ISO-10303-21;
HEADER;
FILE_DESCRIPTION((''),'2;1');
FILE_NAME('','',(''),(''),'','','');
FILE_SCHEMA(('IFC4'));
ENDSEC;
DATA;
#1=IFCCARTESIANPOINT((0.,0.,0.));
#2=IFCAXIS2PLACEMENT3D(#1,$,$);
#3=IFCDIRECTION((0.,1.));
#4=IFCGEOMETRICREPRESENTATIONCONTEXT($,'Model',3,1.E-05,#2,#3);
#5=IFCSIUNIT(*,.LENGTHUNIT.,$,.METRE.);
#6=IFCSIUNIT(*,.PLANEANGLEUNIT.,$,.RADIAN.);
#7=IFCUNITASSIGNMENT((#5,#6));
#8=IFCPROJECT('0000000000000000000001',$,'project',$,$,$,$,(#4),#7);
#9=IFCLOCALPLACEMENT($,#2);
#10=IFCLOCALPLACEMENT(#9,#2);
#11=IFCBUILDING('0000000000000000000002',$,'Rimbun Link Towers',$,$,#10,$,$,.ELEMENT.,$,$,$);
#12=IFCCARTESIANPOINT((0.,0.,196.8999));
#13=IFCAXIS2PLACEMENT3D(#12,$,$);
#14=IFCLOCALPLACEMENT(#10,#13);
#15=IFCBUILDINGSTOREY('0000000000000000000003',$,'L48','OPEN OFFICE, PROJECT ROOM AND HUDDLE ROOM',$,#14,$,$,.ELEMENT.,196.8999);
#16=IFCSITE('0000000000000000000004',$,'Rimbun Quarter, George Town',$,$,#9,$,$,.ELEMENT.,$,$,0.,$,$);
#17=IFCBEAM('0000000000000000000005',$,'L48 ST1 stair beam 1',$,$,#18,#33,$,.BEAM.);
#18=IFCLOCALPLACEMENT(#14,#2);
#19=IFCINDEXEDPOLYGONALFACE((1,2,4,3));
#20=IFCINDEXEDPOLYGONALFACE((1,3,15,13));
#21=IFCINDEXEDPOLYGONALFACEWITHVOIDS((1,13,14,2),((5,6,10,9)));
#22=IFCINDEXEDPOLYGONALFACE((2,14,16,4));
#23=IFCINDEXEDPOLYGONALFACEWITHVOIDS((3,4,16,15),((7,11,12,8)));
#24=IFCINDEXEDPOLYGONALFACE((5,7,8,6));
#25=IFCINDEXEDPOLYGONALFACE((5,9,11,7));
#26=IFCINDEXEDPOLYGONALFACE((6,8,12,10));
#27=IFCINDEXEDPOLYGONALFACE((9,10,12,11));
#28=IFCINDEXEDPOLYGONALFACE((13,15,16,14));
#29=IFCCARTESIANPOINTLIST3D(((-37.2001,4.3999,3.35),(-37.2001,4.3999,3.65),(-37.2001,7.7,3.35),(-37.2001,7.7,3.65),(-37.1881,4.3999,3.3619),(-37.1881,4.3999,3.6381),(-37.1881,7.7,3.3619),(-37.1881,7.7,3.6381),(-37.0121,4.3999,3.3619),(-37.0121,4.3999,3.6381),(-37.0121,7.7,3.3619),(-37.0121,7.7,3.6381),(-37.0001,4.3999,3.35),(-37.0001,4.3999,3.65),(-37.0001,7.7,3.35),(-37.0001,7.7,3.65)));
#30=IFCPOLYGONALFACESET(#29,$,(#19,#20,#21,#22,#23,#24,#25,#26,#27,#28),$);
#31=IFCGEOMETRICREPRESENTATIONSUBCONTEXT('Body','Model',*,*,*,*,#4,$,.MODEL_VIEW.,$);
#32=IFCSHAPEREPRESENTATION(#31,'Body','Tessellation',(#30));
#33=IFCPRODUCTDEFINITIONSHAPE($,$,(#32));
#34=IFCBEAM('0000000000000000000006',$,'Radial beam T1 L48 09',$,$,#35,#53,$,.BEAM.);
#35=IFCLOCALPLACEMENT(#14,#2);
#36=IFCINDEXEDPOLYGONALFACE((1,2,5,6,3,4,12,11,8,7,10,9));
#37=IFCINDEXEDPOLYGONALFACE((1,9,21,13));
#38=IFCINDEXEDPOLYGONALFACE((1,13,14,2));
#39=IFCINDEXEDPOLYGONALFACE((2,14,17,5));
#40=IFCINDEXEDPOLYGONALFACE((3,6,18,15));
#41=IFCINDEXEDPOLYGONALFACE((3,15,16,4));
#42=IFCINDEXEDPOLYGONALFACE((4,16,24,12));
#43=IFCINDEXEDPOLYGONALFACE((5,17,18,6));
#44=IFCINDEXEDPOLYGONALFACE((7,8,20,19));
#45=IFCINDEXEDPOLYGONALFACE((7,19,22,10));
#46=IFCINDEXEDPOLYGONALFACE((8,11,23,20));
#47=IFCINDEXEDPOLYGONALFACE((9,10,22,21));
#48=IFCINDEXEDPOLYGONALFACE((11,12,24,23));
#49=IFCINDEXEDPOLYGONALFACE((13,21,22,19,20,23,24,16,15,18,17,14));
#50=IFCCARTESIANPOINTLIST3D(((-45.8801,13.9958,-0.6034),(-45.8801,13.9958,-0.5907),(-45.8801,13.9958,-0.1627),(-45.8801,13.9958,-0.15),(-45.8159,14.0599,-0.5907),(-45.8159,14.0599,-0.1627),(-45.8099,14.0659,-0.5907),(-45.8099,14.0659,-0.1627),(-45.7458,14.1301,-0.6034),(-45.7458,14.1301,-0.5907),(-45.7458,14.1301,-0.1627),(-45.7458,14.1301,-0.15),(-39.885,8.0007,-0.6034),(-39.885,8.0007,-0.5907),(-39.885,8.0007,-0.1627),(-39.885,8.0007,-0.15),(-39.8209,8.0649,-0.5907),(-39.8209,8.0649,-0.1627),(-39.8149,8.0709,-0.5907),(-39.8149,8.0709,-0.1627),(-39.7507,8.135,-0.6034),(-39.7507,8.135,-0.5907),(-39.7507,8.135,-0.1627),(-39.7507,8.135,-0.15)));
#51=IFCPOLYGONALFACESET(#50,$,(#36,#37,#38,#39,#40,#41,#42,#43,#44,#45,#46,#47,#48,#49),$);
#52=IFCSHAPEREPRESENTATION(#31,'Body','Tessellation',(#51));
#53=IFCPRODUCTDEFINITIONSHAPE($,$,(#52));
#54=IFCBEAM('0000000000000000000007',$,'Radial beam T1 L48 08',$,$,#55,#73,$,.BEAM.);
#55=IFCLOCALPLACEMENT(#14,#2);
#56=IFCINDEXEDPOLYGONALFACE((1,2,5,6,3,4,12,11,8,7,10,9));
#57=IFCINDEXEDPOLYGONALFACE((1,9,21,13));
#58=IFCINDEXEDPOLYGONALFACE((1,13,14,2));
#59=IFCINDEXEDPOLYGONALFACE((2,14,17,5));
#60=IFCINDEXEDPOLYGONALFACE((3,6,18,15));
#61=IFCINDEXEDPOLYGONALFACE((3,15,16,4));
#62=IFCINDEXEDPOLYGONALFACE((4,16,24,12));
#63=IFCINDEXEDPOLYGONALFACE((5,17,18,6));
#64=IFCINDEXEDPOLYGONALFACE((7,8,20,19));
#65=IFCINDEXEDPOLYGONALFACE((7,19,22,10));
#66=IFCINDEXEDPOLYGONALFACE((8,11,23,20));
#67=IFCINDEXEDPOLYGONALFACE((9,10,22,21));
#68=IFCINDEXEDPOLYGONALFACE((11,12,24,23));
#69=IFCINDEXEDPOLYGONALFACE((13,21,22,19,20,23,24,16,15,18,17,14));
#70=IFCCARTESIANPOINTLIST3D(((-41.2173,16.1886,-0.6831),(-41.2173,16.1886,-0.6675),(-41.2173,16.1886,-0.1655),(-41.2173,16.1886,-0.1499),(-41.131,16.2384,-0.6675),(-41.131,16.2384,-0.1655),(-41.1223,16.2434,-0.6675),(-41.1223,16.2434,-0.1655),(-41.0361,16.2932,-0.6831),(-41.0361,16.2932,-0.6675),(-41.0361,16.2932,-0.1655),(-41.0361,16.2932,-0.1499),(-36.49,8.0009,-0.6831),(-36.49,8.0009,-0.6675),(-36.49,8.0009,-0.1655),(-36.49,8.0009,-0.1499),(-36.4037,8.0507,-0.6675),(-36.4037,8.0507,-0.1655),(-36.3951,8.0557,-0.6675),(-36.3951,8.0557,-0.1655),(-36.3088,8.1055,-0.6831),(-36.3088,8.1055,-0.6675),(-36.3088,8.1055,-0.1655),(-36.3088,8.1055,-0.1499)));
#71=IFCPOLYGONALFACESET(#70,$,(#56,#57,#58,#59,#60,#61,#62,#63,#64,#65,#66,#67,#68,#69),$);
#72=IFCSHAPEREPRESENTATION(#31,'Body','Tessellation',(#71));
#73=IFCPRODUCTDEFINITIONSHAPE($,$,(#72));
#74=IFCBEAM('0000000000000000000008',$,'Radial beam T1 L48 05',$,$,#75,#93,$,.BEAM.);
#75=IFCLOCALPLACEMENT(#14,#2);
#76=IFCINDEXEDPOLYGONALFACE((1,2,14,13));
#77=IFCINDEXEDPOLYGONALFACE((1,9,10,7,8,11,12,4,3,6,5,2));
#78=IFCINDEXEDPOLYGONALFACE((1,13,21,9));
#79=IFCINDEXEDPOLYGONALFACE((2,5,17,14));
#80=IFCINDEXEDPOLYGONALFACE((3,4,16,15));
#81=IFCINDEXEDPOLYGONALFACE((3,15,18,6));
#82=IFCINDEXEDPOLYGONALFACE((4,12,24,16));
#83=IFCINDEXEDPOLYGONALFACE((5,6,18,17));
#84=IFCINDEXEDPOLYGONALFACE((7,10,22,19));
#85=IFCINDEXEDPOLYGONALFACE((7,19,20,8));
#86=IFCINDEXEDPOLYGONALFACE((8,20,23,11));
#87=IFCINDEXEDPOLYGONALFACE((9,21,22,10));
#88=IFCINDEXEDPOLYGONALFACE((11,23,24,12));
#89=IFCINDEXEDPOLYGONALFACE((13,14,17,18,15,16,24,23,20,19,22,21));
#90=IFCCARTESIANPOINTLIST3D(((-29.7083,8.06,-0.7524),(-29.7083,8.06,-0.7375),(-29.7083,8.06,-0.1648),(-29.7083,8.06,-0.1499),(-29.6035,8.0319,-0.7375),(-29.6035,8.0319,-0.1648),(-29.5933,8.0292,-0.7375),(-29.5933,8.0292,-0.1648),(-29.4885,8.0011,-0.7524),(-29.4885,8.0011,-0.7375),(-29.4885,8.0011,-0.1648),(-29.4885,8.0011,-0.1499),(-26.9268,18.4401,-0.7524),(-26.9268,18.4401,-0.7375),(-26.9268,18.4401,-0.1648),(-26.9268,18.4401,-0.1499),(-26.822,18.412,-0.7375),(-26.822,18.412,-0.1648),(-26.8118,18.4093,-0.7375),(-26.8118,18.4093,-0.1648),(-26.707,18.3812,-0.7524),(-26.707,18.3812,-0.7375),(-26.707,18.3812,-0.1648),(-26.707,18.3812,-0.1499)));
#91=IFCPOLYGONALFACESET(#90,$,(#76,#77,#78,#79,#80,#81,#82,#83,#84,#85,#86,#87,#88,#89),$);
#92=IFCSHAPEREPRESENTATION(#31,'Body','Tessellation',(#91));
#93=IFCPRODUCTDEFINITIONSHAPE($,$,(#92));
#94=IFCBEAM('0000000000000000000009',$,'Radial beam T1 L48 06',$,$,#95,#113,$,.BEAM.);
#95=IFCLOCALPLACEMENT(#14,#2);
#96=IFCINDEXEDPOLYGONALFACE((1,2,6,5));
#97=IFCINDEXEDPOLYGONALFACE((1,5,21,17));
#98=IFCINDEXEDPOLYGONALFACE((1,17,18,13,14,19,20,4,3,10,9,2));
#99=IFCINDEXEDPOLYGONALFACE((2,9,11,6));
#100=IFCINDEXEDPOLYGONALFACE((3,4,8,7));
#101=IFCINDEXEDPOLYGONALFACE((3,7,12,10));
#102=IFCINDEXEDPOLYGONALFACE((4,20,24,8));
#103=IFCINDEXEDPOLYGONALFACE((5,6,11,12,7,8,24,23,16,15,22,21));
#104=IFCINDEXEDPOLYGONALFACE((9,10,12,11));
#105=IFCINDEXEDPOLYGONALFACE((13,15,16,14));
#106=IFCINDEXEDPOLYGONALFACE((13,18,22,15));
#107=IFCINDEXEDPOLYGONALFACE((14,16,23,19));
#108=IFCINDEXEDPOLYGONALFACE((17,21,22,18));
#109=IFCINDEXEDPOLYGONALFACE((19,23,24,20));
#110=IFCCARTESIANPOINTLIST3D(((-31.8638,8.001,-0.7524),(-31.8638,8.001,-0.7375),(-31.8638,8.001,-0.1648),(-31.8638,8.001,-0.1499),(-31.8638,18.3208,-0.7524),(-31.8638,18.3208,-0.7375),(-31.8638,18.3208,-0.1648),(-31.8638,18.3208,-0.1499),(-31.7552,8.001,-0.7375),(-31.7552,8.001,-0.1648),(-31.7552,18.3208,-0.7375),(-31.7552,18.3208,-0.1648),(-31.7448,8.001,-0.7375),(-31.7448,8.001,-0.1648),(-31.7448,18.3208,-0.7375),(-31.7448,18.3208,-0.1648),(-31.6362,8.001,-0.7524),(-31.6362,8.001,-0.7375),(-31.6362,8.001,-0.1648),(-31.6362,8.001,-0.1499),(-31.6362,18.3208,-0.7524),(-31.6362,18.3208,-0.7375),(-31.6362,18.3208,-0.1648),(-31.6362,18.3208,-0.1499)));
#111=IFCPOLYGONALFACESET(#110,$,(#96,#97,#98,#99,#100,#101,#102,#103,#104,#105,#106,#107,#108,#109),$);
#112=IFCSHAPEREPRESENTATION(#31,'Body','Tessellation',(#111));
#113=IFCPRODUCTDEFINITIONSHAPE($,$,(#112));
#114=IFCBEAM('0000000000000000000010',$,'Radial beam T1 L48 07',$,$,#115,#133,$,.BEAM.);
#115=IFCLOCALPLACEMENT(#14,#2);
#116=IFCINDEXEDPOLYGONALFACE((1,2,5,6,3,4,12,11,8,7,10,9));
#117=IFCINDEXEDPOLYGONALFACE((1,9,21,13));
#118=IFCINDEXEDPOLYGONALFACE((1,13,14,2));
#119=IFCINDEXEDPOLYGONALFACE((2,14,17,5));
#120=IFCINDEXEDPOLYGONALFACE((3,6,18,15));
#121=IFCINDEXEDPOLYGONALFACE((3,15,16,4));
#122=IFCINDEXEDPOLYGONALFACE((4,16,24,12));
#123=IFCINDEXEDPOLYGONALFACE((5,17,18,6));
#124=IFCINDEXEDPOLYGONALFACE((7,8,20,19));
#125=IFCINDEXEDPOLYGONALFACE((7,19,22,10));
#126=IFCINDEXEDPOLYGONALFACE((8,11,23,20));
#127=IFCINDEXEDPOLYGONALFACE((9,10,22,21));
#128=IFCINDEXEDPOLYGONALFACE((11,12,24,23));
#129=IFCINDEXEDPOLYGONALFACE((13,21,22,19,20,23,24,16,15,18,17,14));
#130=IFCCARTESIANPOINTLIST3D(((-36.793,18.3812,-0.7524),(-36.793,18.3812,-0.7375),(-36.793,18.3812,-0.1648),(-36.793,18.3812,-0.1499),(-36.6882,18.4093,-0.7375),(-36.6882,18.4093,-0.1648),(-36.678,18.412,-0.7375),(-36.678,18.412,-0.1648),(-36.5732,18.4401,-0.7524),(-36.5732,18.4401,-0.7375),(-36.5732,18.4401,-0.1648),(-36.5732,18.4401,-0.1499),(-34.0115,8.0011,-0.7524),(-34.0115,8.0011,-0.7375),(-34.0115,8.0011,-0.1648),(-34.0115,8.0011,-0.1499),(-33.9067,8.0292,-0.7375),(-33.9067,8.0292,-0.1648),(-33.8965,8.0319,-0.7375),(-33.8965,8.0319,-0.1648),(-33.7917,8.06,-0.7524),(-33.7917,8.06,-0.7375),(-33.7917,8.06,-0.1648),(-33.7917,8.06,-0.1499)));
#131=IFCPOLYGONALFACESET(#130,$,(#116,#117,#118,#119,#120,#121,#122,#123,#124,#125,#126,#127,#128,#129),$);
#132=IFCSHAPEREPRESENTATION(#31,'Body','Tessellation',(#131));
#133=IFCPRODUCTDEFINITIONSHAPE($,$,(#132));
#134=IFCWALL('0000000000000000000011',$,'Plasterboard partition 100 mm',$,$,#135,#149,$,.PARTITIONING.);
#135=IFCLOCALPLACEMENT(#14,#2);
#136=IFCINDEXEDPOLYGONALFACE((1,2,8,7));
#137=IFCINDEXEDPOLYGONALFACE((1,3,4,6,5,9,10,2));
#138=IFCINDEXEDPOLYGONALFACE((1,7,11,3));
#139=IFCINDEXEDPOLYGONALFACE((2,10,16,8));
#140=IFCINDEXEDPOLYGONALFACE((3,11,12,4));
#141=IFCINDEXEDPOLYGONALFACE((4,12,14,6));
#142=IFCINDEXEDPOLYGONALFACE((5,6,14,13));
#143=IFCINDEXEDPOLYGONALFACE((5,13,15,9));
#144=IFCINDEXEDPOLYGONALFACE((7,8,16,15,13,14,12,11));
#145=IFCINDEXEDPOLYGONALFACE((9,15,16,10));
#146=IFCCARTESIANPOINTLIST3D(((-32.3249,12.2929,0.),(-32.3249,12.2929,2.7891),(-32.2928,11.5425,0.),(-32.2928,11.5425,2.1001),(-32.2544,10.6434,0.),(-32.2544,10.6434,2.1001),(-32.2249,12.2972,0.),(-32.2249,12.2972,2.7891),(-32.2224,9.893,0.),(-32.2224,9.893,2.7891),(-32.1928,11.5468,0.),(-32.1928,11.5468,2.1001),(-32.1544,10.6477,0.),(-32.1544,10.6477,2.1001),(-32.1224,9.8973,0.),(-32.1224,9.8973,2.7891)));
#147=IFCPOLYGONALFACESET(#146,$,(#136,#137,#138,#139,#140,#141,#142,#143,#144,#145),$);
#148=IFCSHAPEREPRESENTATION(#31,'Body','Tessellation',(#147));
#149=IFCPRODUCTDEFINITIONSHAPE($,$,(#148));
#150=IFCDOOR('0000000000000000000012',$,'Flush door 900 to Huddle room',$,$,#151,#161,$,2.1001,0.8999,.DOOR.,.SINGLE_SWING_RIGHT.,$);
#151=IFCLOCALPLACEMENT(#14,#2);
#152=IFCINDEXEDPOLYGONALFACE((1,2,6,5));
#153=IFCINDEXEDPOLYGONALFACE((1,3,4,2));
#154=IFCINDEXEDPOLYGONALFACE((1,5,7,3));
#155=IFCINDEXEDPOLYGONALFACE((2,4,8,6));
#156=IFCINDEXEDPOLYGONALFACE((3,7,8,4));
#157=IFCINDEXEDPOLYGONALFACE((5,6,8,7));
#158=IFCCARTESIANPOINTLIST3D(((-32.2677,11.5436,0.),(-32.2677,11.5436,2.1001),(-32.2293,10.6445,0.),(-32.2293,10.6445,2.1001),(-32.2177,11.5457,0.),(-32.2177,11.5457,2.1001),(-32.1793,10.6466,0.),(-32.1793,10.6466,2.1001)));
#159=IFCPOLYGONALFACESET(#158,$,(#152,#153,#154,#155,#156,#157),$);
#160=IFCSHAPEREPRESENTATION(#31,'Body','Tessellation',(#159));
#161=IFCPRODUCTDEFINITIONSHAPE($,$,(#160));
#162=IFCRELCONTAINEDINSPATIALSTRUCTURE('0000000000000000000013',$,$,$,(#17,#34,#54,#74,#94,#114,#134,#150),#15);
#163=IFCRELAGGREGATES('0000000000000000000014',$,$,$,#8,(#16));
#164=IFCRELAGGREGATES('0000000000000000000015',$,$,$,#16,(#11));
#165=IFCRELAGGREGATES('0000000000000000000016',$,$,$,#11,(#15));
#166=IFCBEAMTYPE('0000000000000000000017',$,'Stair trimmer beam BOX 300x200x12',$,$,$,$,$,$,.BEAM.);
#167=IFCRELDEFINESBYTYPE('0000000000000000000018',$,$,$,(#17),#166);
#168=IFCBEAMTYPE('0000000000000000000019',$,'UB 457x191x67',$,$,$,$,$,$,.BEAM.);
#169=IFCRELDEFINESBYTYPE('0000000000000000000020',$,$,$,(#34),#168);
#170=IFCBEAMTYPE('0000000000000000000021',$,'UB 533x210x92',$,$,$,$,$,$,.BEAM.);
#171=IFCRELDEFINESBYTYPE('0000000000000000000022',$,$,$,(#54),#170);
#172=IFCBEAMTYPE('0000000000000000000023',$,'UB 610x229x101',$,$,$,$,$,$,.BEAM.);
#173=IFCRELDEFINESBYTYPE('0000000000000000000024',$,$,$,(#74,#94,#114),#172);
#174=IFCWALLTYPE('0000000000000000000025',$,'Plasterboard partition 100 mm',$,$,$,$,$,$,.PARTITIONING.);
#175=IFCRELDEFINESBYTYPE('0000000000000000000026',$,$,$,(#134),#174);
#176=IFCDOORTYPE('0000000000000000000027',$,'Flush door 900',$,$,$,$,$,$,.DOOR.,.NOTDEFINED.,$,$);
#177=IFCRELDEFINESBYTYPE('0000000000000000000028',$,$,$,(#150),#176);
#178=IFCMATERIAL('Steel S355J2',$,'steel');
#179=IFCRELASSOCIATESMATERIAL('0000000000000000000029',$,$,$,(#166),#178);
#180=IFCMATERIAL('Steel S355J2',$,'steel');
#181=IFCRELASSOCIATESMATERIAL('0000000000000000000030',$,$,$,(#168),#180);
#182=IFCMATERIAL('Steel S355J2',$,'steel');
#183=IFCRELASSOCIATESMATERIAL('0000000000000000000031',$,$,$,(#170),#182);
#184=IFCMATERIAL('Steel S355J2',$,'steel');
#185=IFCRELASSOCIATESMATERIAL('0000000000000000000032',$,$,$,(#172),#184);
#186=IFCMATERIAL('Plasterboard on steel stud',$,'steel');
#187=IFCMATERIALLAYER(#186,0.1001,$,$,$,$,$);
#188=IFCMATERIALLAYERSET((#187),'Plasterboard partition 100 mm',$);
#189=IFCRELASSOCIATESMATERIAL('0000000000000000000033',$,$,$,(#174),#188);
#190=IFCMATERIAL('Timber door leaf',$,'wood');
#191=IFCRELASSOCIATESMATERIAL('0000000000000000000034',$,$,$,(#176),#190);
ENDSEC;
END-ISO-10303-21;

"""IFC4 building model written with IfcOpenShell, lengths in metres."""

from ifc_helpers import new_model, si_unit, direction, frame, frame_2d, origin, origin_2d, place, context, subcontext, project, spatial, rectangle, hollow_rectangle, i_section, extrude, material, layer, layer_set, material_profile, profile_set, type_object, element, fill, save


model = new_model("IFC4")

# Units and contexts
model_context = context("Model", 3, precision=1e-05, world=origin(), true_north=direction((0.0, 1.0)))
body_context = subcontext(model_context, "Body", "Model", "MODEL_VIEW")
ifc_project = project(units=[si_unit("LENGTHUNIT", "METRE"), si_unit("PLANEANGLEUNIT", "RADIAN")], contexts=[model_context])

# Site, building, storey
site_placement = place(None, origin())
site = spatial("IfcSite", under=ifc_project, at=site_placement, Name="Rimbun Quarter, George Town", CompositionType="ELEMENT", RefElevation=0.0)
building_placement = place(site_placement, origin())
building = spatial("IfcBuilding", under=site, at=building_placement, Name="Rimbun Link Towers", CompositionType="ELEMENT")
storey_placement = place(building_placement, frame((0.0, 0.0, 196.8999)))
storey = spatial("IfcBuildingStorey", under=building, at=storey_placement, Name="L48", Description="OPEN OFFICE, PROJECT ROOM AND HUDDLE ROOM", CompositionType="ELEMENT", Elevation=196.8999)

# Beams
ifc_material_1 = material(Name="Steel S355J2", Category="steel")
ifc_material_profile_1 = material_profile(ifc_material_1, hollow_rectangle(XDim=0.2, YDim=0.3, WallThickness=0.012, at=origin_2d()), Name="BOX 300x200x12")
ifc_profile_set_1 = profile_set([ifc_material_profile_1], Name="Steel S355J2")
beam_type_1 = type_object("IfcBeamType", Name="Stair trimmer beam BOX 300x200x12", PredefinedType="BEAM", material=ifc_profile_set_1)
beam_1_placement = place(storey_placement, frame((-37.1001, 7.7, 3.5), z_axis=(0.0, -1.0, 0.0), x_axis=(1.0, 0.0, 0.0)))
element("IfcBeam", 1, at=beam_1_placement, inside=storey, type_object=beam_type_1, Name="L48 ST1 stair beam 1", PredefinedType="BEAM", context=body_context, shape_type="SweptSolid", body=[
    extrude(hollow_rectangle(XDim=0.2, YDim=0.3, WallThickness=0.012, at=origin_2d()), origin(), (0.0, 0.0, 1.0), 3.3),
])
ifc_material_2 = material(Name="Steel S355J2", Category="steel")
ifc_material_profile_2 = material_profile(ifc_material_2, i_section(OverallWidth=0.1899, OverallDepth=0.4534, WebThickness=0.0085, FlangeThickness=0.0127, at=origin_2d()), Name="UB 457x191x67")
ifc_profile_set_2 = profile_set([ifc_material_profile_2], Name="Steel S355J2")
beam_type_2 = type_object("IfcBeamType", Name="UB 457x191x67", PredefinedType="BEAM", material=ifc_profile_set_2)
beam_2_placement = place(storey_placement, frame((-39.8179, 8.0679, -0.3767), z_axis=(-0.707107, 0.707107, 0.0), x_axis=(-0.707107, -0.707107, 0.0)))
element("IfcBeam", 2, at=beam_2_placement, inside=storey, type_object=beam_type_2, Name="Radial beam T1 L48 09", PredefinedType="BEAM", context=body_context, shape_type="SweptSolid", body=[
    extrude(i_section(OverallWidth=0.1899, OverallDepth=0.4534, WebThickness=0.0085, FlangeThickness=0.0127, at=origin_2d()), origin(), (0.0, 0.0, 1.0), 8.4783),
])
ifc_material_3 = material(Name="Steel S355J2", Category="steel")
ifc_material_profile_3 = material_profile(ifc_material_3, i_section(OverallWidth=0.2092, OverallDepth=0.5332, WebThickness=0.01, FlangeThickness=0.0156, at=origin_2d()), Name="UB 533x210x92")
ifc_profile_set_3 = profile_set([ifc_material_profile_3], Name="Steel S355J2")
beam_type_3 = type_object("IfcBeamType", Name="UB 533x210x92", PredefinedType="BEAM", material=ifc_profile_set_3)
beam_3_placement = place(storey_placement, frame((-36.3994, 8.0532, -0.4165), z_axis=(-0.500008, 0.866021, 0.0), x_axis=(-0.866021, -0.500008, 0.0)))
element("IfcBeam", 3, at=beam_3_placement, inside=storey, type_object=beam_type_3, Name="Radial beam T1 L48 08", PredefinedType="BEAM", context=body_context, shape_type="SweptSolid", body=[
    extrude(i_section(OverallWidth=0.2092, OverallDepth=0.5332, WebThickness=0.01, FlangeThickness=0.0156, at=origin_2d()), origin(), (0.0, 0.0, 1.0), 9.4543),
])
ifc_material_4 = material(Name="Steel S355J2", Category="steel")
ifc_material_profile_4 = material_profile(ifc_material_4, i_section(OverallWidth=0.2275, OverallDepth=0.6025, WebThickness=0.0105, FlangeThickness=0.0149, at=origin_2d()), Name="UB 610x229x101")
ifc_profile_set_4 = profile_set([ifc_material_profile_4], Name="Steel S355J2")
beam_type_4 = type_object("IfcBeamType", Name="UB 610x229x101", PredefinedType="BEAM", material=ifc_profile_set_4)
beam_4_placement = place(storey_placement, frame((-29.5984, 8.0305, -0.4512), z_axis=(0.258832, 0.965922, 0.0), x_axis=(-0.965922, 0.258832, 0.0)))
element("IfcBeam", 4, at=beam_4_placement, inside=storey, type_object=beam_type_4, Name="Radial beam T1 L48 05", PredefinedType="BEAM", context=body_context, shape_type="SweptSolid", body=[
    extrude(i_section(OverallWidth=0.2275, OverallDepth=0.6025, WebThickness=0.0105, FlangeThickness=0.0149, at=origin_2d()), origin(), (0.0, 0.0, 1.0), 10.7463),
])
beam_5_placement = place(storey_placement, frame((-31.75, 8.001, -0.4512), z_axis=(0.0, 1.0, 0.0), x_axis=(-1.0, 0.0, 0.0)))
element("IfcBeam", 5, at=beam_5_placement, inside=storey, type_object=beam_type_4, Name="Radial beam T1 L48 06", PredefinedType="BEAM", context=body_context, shape_type="SweptSolid", body=[
    extrude(i_section(OverallWidth=0.2275, OverallDepth=0.6025, WebThickness=0.0105, FlangeThickness=0.0149, at=origin_2d()), origin(), (0.0, 0.0, 1.0), 10.3198),
])
beam_6_placement = place(storey_placement, frame((-33.9016, 8.0305, -0.4512), z_axis=(-0.258832, 0.965922, 0.0), x_axis=(-0.965922, -0.258832, 0.0)))
element("IfcBeam", 6, at=beam_6_placement, inside=storey, type_object=beam_type_4, Name="Radial beam T1 L48 07", PredefinedType="BEAM", context=body_context, shape_type="SweptSolid", body=[
    extrude(i_section(OverallWidth=0.2275, OverallDepth=0.6025, WebThickness=0.0105, FlangeThickness=0.0149, at=origin_2d()), origin(), (0.0, 0.0, 1.0), 10.7463),
])

# Wall, opening, door
ifc_material_5 = material(Name="Plasterboard on steel stud", Category="steel")
ifc_layer_1 = layer(ifc_material_5, 0.1001)
ifc_layer_set_1 = layer_set([ifc_layer_1], Name="Plasterboard partition 100 mm")
wall_type_1 = type_object("IfcWallType", Name="Plasterboard partition 100 mm", PredefinedType="PARTITIONING", material=ifc_layer_set_1)
wall_1_placement = place(storey_placement, frame((-32.1724, 9.895, 0.0), z_axis=(0.0, 0.0, 1.0), x_axis=(-0.042687, 0.999088, 0.0)))
wall_1 = element("IfcWall", 7, at=wall_1_placement, inside=storey, type_object=wall_type_1, Name="Plasterboard partition 100 mm", PredefinedType="PARTITIONING", context=body_context, shape_type="SweptSolid", body=[
    extrude(rectangle(XDim=2.4021, YDim=0.1001, at=frame_2d((1.2012, 0.0))), origin(), (0.0, 0.0, 1.0), 2.7891),
])
opening_1_placement = place(wall_1_placement, frame((0.7512, 0.0, 0.0)))
opening_1 = element("IfcOpeningElement", 8, at=opening_1_placement, cuts=wall_1, PredefinedType="OPENING", context=body_context, shape_type="SweptSolid", body=[
    extrude(rectangle(XDim=0.8999, YDim=2.1001, at=frame_2d((0.45, 1.05))), frame((0.0, 0.0601, 0.0), z_axis=(0.0, -1.0, 0.0), x_axis=(1.0, 0.0, 0.0)), (0.0, 0.0, 1.0), 0.1201),
])
ifc_material_6 = material(Name="Timber door leaf", Category="wood")
door_type_1 = type_object("IfcDoorType", Name="Flush door 900", OperationType="NOTDEFINED", PredefinedType="DOOR", material=ifc_material_6)
door_1_placement = place(opening_1_placement, origin())
door_1 = element("IfcDoor", 9, at=door_1_placement, inside=storey, type_object=door_type_1, Name="Flush door 900 to Huddle room", OperationType="SINGLE_SWING_RIGHT", OverallHeight=2.1001, OverallWidth=0.8999, PredefinedType="DOOR", context=body_context, shape_type="SweptSolid", body=[
    extrude(rectangle(XDim=0.8999, YDim=2.1001, at=frame_2d((0.45, 1.05))), frame((0.0, 0.0249, 0.0), z_axis=(0.0, -1.0, 0.0), x_axis=(1.0, 0.0, 0.0)), (0.0, 0.0, 1.0), 0.05),
])
fill(opening_1, door_1)

save(model, "model.ifc")
